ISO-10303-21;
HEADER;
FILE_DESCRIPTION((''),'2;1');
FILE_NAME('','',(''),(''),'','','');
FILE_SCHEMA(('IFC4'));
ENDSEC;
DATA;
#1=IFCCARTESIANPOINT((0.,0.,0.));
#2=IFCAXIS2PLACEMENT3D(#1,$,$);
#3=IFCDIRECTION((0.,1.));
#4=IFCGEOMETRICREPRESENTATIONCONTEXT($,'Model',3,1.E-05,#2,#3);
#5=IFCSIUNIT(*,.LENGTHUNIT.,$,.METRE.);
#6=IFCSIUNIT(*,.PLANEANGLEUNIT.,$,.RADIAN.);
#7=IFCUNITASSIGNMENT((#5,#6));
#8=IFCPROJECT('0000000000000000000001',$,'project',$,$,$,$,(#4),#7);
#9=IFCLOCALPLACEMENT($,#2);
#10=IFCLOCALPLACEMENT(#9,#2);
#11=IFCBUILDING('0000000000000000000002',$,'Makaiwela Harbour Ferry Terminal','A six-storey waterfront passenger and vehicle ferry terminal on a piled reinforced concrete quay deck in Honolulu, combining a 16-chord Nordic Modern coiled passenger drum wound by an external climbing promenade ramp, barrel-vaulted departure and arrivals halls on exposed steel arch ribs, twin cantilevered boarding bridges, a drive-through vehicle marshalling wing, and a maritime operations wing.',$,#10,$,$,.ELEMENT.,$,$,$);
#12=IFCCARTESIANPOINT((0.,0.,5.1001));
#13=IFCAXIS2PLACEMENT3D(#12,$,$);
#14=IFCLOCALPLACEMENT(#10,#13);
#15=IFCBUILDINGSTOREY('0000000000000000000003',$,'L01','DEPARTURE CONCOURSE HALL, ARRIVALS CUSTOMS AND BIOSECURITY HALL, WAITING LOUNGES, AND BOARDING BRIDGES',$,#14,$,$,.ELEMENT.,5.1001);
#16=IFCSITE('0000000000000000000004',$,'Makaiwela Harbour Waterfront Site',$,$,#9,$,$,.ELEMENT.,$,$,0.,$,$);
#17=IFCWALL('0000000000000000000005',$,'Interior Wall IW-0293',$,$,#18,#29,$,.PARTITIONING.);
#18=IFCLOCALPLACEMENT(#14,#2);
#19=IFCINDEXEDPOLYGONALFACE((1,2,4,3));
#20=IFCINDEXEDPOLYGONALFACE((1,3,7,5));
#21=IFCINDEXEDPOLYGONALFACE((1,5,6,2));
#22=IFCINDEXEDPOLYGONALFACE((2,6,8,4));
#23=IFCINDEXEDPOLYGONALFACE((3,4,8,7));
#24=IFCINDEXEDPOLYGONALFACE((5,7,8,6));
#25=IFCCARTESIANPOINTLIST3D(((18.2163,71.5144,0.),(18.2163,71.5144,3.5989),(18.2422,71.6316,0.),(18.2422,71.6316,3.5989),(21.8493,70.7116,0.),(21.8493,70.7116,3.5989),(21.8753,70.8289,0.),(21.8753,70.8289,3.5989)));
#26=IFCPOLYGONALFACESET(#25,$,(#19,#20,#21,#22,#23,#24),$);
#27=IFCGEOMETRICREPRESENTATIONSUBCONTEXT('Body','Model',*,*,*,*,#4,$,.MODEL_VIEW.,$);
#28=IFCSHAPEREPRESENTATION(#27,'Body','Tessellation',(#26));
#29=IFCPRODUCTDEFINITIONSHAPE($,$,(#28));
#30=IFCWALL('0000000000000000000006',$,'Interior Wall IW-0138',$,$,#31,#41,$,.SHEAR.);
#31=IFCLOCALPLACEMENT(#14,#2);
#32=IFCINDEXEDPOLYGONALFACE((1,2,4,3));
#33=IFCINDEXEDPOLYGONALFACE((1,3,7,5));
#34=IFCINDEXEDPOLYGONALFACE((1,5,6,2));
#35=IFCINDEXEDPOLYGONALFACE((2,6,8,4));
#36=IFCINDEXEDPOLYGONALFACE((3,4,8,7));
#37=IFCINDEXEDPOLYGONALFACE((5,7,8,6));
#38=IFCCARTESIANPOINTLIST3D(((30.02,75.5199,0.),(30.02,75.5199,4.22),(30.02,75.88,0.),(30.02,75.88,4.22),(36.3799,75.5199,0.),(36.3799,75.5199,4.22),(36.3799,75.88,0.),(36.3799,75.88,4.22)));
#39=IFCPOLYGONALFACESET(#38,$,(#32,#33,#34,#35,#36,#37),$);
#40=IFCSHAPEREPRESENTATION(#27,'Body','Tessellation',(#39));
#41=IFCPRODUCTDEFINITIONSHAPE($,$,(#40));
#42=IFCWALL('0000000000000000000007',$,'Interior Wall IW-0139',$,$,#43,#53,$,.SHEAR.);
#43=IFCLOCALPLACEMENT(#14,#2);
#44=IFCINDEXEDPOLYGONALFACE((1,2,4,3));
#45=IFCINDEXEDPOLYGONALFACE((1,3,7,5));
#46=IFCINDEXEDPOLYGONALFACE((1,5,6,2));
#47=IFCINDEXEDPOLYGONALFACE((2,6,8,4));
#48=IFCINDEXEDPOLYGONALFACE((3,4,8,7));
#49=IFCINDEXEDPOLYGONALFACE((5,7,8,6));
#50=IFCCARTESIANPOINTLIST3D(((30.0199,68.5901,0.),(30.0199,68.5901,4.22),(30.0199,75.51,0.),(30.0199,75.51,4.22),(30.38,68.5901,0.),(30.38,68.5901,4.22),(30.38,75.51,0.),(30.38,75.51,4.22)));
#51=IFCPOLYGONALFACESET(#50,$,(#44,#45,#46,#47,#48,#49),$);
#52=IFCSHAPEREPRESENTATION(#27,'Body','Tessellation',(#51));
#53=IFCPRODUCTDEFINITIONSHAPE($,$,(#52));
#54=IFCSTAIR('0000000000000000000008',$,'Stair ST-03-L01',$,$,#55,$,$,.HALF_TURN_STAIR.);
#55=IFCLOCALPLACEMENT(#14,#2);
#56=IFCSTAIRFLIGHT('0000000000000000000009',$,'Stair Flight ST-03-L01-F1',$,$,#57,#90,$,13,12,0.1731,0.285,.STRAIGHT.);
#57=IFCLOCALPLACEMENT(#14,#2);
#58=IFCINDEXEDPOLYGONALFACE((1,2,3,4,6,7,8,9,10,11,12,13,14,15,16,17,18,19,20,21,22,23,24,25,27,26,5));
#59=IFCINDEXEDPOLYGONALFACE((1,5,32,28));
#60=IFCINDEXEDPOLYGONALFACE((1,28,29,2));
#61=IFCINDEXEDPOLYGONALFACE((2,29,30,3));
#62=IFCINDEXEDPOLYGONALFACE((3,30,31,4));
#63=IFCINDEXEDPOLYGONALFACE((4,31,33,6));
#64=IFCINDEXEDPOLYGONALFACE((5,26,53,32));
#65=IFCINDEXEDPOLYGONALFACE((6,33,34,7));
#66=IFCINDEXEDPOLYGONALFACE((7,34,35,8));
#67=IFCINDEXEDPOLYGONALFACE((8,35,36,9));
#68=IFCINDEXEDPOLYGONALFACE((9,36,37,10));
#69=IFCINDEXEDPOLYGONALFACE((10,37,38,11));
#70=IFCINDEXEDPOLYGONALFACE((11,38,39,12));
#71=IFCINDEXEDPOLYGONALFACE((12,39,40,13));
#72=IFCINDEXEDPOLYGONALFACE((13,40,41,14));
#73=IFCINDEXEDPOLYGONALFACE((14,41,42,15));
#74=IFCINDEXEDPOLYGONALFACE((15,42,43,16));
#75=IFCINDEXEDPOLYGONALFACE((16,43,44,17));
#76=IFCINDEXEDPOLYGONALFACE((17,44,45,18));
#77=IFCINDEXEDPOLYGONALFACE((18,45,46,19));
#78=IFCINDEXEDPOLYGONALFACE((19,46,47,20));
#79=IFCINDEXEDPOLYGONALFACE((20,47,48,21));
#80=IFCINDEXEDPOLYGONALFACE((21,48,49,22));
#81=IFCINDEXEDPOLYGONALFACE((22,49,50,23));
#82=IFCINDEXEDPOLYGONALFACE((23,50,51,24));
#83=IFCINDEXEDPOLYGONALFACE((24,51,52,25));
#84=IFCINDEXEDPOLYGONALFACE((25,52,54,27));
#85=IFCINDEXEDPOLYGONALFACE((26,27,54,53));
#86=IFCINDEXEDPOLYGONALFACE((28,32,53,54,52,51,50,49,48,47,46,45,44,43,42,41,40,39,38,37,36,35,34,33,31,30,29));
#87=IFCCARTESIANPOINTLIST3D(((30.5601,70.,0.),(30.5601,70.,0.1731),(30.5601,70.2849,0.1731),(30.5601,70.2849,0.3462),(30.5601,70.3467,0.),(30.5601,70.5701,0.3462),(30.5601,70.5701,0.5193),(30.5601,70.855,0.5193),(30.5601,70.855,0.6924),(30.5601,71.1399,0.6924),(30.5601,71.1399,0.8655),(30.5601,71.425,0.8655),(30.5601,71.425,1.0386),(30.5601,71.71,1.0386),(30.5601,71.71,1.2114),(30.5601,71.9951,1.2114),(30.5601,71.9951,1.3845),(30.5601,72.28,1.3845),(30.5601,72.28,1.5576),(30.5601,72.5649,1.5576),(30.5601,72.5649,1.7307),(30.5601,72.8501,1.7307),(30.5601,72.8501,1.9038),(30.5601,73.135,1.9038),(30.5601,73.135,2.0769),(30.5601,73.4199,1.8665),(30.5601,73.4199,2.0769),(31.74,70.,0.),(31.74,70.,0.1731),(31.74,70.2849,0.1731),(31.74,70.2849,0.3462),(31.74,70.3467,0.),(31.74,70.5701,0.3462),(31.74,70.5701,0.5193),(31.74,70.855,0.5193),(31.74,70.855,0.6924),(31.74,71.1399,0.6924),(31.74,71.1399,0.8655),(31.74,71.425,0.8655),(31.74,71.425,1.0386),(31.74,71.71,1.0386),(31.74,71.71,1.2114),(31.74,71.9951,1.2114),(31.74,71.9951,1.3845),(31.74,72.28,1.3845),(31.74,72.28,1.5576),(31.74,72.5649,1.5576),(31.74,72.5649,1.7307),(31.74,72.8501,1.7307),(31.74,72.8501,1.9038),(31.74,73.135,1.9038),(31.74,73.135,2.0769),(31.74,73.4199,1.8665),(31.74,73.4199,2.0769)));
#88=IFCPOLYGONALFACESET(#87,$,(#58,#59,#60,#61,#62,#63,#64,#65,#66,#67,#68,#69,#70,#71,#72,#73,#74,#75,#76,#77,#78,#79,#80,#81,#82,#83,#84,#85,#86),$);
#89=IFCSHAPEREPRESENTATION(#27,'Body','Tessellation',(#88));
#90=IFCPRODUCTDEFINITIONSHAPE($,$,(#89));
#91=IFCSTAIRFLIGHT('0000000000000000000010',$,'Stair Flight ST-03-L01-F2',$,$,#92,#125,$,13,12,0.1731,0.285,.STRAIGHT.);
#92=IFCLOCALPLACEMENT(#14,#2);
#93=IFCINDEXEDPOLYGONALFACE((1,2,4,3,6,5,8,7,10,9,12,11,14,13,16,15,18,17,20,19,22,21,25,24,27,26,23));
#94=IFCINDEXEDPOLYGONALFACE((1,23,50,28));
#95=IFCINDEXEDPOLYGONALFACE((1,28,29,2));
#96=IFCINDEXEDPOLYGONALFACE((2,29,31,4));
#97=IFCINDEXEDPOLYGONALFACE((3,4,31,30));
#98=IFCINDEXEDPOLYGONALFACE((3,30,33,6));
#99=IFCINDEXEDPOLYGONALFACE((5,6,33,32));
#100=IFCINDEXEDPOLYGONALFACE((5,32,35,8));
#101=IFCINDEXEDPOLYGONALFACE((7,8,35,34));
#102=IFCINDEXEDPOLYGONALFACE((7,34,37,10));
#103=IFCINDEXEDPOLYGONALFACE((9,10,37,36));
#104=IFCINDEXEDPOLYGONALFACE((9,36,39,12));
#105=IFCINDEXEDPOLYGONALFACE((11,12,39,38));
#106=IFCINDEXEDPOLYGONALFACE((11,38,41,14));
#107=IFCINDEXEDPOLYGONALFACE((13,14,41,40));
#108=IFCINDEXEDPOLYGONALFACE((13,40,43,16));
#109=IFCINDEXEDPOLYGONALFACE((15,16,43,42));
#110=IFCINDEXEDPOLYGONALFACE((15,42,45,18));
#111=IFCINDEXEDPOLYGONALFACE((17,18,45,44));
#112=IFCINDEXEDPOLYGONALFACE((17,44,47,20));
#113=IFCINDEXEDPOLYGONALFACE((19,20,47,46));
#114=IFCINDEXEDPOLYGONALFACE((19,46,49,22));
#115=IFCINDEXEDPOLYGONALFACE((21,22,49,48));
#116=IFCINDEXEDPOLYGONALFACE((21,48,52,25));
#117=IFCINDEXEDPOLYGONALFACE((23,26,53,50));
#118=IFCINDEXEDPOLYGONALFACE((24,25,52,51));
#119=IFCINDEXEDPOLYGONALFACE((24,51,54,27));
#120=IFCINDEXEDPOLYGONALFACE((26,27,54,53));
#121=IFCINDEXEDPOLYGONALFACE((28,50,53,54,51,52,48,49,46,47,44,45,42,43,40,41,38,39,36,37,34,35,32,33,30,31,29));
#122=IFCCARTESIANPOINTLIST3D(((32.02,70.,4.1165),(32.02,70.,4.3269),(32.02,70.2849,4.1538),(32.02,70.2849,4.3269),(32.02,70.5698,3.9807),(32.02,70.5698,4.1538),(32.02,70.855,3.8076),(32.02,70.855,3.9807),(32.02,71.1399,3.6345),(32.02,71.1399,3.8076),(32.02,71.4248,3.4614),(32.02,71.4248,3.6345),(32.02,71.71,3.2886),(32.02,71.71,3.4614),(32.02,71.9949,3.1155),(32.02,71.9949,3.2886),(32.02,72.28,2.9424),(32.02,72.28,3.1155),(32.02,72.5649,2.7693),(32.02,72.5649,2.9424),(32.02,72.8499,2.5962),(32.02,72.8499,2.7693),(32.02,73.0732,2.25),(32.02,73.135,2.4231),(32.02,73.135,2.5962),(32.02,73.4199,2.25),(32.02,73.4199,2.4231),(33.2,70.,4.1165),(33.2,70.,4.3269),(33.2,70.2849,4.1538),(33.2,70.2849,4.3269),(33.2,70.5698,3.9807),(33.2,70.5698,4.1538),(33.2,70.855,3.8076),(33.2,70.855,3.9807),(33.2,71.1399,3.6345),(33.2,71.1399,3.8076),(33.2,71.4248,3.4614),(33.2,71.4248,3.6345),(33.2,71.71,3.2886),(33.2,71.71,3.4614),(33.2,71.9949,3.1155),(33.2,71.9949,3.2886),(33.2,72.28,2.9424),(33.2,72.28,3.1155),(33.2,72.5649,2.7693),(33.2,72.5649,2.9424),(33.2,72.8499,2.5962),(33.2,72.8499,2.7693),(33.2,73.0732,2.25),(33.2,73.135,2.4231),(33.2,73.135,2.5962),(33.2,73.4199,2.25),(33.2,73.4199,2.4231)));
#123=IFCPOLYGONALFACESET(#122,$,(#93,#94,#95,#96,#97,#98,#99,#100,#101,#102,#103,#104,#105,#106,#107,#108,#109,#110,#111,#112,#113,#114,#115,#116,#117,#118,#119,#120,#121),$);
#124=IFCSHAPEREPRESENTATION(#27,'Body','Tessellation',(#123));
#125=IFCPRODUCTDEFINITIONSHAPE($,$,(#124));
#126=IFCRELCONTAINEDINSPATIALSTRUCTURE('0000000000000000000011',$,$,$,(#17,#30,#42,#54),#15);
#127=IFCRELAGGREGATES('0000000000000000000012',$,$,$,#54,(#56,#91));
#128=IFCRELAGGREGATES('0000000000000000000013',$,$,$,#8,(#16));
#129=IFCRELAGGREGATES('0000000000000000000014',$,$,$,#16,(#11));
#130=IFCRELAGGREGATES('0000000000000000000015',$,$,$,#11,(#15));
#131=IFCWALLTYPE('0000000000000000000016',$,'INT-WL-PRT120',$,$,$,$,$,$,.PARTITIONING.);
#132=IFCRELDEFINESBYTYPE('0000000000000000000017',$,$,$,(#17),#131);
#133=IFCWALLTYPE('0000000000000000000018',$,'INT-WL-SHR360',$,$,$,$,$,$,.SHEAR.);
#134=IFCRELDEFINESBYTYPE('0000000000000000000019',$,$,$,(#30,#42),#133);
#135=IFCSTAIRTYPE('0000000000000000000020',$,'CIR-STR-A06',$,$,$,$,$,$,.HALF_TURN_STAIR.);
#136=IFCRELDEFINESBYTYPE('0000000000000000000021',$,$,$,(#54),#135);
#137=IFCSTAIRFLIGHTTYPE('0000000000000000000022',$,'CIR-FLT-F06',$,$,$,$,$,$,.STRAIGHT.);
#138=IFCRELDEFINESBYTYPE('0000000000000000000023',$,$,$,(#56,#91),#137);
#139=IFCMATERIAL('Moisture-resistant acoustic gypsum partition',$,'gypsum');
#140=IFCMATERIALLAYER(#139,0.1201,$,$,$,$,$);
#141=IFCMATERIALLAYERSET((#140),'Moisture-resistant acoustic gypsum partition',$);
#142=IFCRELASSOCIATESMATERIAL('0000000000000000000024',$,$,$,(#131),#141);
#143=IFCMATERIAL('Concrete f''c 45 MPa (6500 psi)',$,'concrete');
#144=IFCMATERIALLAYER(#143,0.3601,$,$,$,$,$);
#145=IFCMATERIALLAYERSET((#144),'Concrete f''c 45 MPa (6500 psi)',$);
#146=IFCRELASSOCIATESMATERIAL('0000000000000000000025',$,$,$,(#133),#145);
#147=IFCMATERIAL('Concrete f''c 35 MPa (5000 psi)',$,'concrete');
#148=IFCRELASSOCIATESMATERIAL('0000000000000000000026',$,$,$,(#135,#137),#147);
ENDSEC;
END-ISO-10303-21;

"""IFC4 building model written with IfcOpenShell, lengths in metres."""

from ifc_helpers import new_model, si_unit, direction, frame, frame_2d, origin, place, context, subcontext, project, spatial, polyline, rectangle, outline, extrude, material, layer, layer_set, type_object, element, aggregate, save


model = new_model("IFC4")

# Units and contexts
model_context = context("Model", 3, precision=1e-05, world=origin(), true_north=direction((0.0, 1.0)))
body_context = subcontext(model_context, "Body", "Model", "MODEL_VIEW")
ifc_project = project(units=[si_unit("LENGTHUNIT", "METRE"), si_unit("PLANEANGLEUNIT", "RADIAN")], contexts=[model_context])

# Site, building, storey
site_placement = place(None, origin())
site = spatial("IfcSite", under=ifc_project, at=site_placement, Name="Makaiwela Harbour Waterfront Site", CompositionType="ELEMENT", RefElevation=0.0)
building_placement = place(site_placement, origin())
building = spatial("IfcBuilding", under=site, at=building_placement, Name="Makaiwela Harbour Ferry Terminal", Description="A six-storey waterfront passenger and vehicle ferry terminal on a piled reinforced concrete quay deck in Honolulu, combining a 16-chord Nordic Modern coiled passenger drum wound by an external climbing promenade ramp, barrel-vaulted departure and arrivals halls on exposed steel arch ribs, twin cantilevered boarding bridges, a drive-through vehicle marshalling wing, and a maritime operations wing.", CompositionType="ELEMENT")
storey_placement = place(building_placement, frame((0.0, 0.0, 5.1001)))
storey = spatial("IfcBuildingStorey", under=building, at=storey_placement, Name="L01", Description="DEPARTURE CONCOURSE HALL, ARRIVALS CUSTOMS AND BIOSECURITY HALL, WAITING LOUNGES, AND BOARDING BRIDGES", CompositionType="ELEMENT", Elevation=5.1001)

# Walls
ifc_material_1 = material(Name="Moisture-resistant acoustic gypsum partition", Category="gypsum")
ifc_layer_1 = layer(ifc_material_1, 0.1201)
ifc_layer_set_1 = layer_set([ifc_layer_1], Name="Moisture-resistant acoustic gypsum partition")
wall_type_1 = type_object("IfcWallType", Name="INT-WL-PRT120", PredefinedType="PARTITIONING", material=ifc_layer_set_1)
wall_1_placement = place(storey_placement, frame((21.8623, 70.7703, 0.0), z_axis=(0.0, 0.0, 1.0), x_axis=(-0.976449, 0.215749, 0.0)))
element("IfcWall", 1, at=wall_1_placement, inside=storey, type_object=wall_type_1, Name="Interior Wall IW-0293", PredefinedType="PARTITIONING", context=body_context, shape_type="SweptSolid", body=[
    extrude(rectangle(XDim=3.7207, YDim=0.1201, at=frame_2d((1.8604, 0.0))), origin(), (0.0, 0.0, 1.0), 3.5989),
])
ifc_material_2 = material(Name="Concrete f'c 45 MPa (6500 psi)", Category="concrete")
ifc_layer_2 = layer(ifc_material_2, 0.3601)
ifc_layer_set_2 = layer_set([ifc_layer_2], Name="Concrete f'c 45 MPa (6500 psi)")
wall_type_2 = type_object("IfcWallType", Name="INT-WL-SHR360", PredefinedType="SHEAR", material=ifc_layer_set_2)
wall_2_placement = place(storey_placement, frame((30.02, 75.7, 0.0), z_axis=(0.0, 0.0, 1.0), x_axis=(1.0, 0.0, 0.0)))
element("IfcWall", 2, at=wall_2_placement, inside=storey, type_object=wall_type_2, Name="Interior Wall IW-0138", PredefinedType="SHEAR", context=body_context, shape_type="SweptSolid", body=[
    extrude(rectangle(XDim=6.3599, YDim=0.3601, at=frame_2d((3.1799, 0.0))), origin(), (0.0, 0.0, 1.0), 4.22),
])
wall_3_placement = place(storey_placement, frame((30.2, 68.5901, 0.0), z_axis=(0.0, 0.0, 1.0), x_axis=(0.0, 1.0, 0.0)))
element("IfcWall", 3, at=wall_3_placement, inside=storey, type_object=wall_type_2, Name="Interior Wall IW-0139", PredefinedType="SHEAR", context=body_context, shape_type="SweptSolid", body=[
    extrude(rectangle(XDim=6.9199, YDim=0.3601, at=frame_2d((3.46, 0.0))), origin(), (0.0, 0.0, 1.0), 4.22),
])

# Stair, stair flights
ifc_material_3 = material(Name="Concrete f'c 35 MPa (5000 psi)", Category="concrete")
stair_type = type_object("IfcStairType", Name="CIR-STR-A06", PredefinedType="HALF_TURN_STAIR", material=ifc_material_3)
stair_placement = place(storey_placement, origin())
stair = element("IfcStair", 4, at=stair_placement, inside=storey, type_object=stair_type, Name="Stair ST-03-L01", PredefinedType="HALF_TURN_STAIR")
stair_flight_type = type_object("IfcStairFlightType", Name="CIR-FLT-F06", PredefinedType="STRAIGHT", material=ifc_material_3)
stair_flight_1_placement = place(storey_placement, frame((31.1499, 70.0, 0.0), z_axis=(0.0, 0.0, 1.0), x_axis=(0.0, 1.0, 0.0)))
stair_flight_1 = element("IfcStairFlight", 5, at=stair_flight_1_placement, type_object=stair_flight_type, Name="Stair Flight ST-03-L01-F1", NumberOfRisers=13, NumberOfTreads=12, PredefinedType="STRAIGHT", RiserHeight=0.1731, TreadLength=0.285, context=body_context, shape_type="SweptSolid", body=[
    extrude(outline(polyline([(0.0, 0.0), (0.0, 0.1731), (0.2849, 0.1731), (0.2849, 0.3462), (0.5701, 0.3462), (0.5701, 0.5193), (0.855, 0.5193), (0.855, 0.6924), (1.1399, 0.6924), (1.1399, 0.8655), (1.425, 0.8655), (1.425, 1.0386), (1.71, 1.0386), (1.71, 1.2114), (1.9951, 1.2114), (1.9951, 1.3845), (2.28, 1.3845), (2.28, 1.5576), (2.5649, 1.5576), (2.5649, 1.7307), (2.8501, 1.7307), (2.8501, 1.9038), (3.135, 1.9038), (3.135, 2.0769), (3.4199, 2.0769), (3.4199, 2.25), (3.4199, 1.8665), (0.3467, 0.0), (0.0, 0.0)])), frame((0.0, 0.5898, 0.0), z_axis=(0.0, -1.0, 0.0), x_axis=(1.0, 0.0, 0.0)), (0.0, 0.0, 1.0), 1.1799),
])
stair_flight_2_placement = place(storey_placement, frame((32.6101, 73.4199, 2.25), z_axis=(0.0, 0.0, 1.0), x_axis=(0.0, -1.0, 0.0)))
stair_flight_2 = element("IfcStairFlight", 6, at=stair_flight_2_placement, type_object=stair_flight_type, Name="Stair Flight ST-03-L01-F2", NumberOfRisers=13, NumberOfTreads=12, PredefinedType="STRAIGHT", RiserHeight=0.1731, TreadLength=0.285, context=body_context, shape_type="SweptSolid", body=[
    extrude(outline(polyline([(0.0, 0.0), (0.0, 0.1731), (0.2849, 0.1731), (0.2849, 0.3462), (0.5701, 0.3462), (0.5701, 0.5193), (0.855, 0.5193), (0.855, 0.6924), (1.1399, 0.6924), (1.1399, 0.8655), (1.425, 0.8655), (1.425, 1.0386), (1.71, 1.0386), (1.71, 1.2114), (1.9951, 1.2114), (1.9951, 1.3845), (2.28, 1.3845), (2.28, 1.5576), (2.5649, 1.5576), (2.5649, 1.7307), (2.8501, 1.7307), (2.8501, 1.9038), (3.135, 1.9038), (3.135, 2.0769), (3.4199, 2.0769), (3.4199, 2.25), (3.4199, 1.8665), (0.3467, 0.0), (0.0, 0.0)])), frame((0.0, 0.5898, 0.0), z_axis=(0.0, -1.0, 0.0), x_axis=(1.0, 0.0, 0.0)), (0.0, 0.0, 1.0), 1.1799),
])
aggregate(stair, [stair_flight_1, stair_flight_2])

save(model, "model.ifc")
